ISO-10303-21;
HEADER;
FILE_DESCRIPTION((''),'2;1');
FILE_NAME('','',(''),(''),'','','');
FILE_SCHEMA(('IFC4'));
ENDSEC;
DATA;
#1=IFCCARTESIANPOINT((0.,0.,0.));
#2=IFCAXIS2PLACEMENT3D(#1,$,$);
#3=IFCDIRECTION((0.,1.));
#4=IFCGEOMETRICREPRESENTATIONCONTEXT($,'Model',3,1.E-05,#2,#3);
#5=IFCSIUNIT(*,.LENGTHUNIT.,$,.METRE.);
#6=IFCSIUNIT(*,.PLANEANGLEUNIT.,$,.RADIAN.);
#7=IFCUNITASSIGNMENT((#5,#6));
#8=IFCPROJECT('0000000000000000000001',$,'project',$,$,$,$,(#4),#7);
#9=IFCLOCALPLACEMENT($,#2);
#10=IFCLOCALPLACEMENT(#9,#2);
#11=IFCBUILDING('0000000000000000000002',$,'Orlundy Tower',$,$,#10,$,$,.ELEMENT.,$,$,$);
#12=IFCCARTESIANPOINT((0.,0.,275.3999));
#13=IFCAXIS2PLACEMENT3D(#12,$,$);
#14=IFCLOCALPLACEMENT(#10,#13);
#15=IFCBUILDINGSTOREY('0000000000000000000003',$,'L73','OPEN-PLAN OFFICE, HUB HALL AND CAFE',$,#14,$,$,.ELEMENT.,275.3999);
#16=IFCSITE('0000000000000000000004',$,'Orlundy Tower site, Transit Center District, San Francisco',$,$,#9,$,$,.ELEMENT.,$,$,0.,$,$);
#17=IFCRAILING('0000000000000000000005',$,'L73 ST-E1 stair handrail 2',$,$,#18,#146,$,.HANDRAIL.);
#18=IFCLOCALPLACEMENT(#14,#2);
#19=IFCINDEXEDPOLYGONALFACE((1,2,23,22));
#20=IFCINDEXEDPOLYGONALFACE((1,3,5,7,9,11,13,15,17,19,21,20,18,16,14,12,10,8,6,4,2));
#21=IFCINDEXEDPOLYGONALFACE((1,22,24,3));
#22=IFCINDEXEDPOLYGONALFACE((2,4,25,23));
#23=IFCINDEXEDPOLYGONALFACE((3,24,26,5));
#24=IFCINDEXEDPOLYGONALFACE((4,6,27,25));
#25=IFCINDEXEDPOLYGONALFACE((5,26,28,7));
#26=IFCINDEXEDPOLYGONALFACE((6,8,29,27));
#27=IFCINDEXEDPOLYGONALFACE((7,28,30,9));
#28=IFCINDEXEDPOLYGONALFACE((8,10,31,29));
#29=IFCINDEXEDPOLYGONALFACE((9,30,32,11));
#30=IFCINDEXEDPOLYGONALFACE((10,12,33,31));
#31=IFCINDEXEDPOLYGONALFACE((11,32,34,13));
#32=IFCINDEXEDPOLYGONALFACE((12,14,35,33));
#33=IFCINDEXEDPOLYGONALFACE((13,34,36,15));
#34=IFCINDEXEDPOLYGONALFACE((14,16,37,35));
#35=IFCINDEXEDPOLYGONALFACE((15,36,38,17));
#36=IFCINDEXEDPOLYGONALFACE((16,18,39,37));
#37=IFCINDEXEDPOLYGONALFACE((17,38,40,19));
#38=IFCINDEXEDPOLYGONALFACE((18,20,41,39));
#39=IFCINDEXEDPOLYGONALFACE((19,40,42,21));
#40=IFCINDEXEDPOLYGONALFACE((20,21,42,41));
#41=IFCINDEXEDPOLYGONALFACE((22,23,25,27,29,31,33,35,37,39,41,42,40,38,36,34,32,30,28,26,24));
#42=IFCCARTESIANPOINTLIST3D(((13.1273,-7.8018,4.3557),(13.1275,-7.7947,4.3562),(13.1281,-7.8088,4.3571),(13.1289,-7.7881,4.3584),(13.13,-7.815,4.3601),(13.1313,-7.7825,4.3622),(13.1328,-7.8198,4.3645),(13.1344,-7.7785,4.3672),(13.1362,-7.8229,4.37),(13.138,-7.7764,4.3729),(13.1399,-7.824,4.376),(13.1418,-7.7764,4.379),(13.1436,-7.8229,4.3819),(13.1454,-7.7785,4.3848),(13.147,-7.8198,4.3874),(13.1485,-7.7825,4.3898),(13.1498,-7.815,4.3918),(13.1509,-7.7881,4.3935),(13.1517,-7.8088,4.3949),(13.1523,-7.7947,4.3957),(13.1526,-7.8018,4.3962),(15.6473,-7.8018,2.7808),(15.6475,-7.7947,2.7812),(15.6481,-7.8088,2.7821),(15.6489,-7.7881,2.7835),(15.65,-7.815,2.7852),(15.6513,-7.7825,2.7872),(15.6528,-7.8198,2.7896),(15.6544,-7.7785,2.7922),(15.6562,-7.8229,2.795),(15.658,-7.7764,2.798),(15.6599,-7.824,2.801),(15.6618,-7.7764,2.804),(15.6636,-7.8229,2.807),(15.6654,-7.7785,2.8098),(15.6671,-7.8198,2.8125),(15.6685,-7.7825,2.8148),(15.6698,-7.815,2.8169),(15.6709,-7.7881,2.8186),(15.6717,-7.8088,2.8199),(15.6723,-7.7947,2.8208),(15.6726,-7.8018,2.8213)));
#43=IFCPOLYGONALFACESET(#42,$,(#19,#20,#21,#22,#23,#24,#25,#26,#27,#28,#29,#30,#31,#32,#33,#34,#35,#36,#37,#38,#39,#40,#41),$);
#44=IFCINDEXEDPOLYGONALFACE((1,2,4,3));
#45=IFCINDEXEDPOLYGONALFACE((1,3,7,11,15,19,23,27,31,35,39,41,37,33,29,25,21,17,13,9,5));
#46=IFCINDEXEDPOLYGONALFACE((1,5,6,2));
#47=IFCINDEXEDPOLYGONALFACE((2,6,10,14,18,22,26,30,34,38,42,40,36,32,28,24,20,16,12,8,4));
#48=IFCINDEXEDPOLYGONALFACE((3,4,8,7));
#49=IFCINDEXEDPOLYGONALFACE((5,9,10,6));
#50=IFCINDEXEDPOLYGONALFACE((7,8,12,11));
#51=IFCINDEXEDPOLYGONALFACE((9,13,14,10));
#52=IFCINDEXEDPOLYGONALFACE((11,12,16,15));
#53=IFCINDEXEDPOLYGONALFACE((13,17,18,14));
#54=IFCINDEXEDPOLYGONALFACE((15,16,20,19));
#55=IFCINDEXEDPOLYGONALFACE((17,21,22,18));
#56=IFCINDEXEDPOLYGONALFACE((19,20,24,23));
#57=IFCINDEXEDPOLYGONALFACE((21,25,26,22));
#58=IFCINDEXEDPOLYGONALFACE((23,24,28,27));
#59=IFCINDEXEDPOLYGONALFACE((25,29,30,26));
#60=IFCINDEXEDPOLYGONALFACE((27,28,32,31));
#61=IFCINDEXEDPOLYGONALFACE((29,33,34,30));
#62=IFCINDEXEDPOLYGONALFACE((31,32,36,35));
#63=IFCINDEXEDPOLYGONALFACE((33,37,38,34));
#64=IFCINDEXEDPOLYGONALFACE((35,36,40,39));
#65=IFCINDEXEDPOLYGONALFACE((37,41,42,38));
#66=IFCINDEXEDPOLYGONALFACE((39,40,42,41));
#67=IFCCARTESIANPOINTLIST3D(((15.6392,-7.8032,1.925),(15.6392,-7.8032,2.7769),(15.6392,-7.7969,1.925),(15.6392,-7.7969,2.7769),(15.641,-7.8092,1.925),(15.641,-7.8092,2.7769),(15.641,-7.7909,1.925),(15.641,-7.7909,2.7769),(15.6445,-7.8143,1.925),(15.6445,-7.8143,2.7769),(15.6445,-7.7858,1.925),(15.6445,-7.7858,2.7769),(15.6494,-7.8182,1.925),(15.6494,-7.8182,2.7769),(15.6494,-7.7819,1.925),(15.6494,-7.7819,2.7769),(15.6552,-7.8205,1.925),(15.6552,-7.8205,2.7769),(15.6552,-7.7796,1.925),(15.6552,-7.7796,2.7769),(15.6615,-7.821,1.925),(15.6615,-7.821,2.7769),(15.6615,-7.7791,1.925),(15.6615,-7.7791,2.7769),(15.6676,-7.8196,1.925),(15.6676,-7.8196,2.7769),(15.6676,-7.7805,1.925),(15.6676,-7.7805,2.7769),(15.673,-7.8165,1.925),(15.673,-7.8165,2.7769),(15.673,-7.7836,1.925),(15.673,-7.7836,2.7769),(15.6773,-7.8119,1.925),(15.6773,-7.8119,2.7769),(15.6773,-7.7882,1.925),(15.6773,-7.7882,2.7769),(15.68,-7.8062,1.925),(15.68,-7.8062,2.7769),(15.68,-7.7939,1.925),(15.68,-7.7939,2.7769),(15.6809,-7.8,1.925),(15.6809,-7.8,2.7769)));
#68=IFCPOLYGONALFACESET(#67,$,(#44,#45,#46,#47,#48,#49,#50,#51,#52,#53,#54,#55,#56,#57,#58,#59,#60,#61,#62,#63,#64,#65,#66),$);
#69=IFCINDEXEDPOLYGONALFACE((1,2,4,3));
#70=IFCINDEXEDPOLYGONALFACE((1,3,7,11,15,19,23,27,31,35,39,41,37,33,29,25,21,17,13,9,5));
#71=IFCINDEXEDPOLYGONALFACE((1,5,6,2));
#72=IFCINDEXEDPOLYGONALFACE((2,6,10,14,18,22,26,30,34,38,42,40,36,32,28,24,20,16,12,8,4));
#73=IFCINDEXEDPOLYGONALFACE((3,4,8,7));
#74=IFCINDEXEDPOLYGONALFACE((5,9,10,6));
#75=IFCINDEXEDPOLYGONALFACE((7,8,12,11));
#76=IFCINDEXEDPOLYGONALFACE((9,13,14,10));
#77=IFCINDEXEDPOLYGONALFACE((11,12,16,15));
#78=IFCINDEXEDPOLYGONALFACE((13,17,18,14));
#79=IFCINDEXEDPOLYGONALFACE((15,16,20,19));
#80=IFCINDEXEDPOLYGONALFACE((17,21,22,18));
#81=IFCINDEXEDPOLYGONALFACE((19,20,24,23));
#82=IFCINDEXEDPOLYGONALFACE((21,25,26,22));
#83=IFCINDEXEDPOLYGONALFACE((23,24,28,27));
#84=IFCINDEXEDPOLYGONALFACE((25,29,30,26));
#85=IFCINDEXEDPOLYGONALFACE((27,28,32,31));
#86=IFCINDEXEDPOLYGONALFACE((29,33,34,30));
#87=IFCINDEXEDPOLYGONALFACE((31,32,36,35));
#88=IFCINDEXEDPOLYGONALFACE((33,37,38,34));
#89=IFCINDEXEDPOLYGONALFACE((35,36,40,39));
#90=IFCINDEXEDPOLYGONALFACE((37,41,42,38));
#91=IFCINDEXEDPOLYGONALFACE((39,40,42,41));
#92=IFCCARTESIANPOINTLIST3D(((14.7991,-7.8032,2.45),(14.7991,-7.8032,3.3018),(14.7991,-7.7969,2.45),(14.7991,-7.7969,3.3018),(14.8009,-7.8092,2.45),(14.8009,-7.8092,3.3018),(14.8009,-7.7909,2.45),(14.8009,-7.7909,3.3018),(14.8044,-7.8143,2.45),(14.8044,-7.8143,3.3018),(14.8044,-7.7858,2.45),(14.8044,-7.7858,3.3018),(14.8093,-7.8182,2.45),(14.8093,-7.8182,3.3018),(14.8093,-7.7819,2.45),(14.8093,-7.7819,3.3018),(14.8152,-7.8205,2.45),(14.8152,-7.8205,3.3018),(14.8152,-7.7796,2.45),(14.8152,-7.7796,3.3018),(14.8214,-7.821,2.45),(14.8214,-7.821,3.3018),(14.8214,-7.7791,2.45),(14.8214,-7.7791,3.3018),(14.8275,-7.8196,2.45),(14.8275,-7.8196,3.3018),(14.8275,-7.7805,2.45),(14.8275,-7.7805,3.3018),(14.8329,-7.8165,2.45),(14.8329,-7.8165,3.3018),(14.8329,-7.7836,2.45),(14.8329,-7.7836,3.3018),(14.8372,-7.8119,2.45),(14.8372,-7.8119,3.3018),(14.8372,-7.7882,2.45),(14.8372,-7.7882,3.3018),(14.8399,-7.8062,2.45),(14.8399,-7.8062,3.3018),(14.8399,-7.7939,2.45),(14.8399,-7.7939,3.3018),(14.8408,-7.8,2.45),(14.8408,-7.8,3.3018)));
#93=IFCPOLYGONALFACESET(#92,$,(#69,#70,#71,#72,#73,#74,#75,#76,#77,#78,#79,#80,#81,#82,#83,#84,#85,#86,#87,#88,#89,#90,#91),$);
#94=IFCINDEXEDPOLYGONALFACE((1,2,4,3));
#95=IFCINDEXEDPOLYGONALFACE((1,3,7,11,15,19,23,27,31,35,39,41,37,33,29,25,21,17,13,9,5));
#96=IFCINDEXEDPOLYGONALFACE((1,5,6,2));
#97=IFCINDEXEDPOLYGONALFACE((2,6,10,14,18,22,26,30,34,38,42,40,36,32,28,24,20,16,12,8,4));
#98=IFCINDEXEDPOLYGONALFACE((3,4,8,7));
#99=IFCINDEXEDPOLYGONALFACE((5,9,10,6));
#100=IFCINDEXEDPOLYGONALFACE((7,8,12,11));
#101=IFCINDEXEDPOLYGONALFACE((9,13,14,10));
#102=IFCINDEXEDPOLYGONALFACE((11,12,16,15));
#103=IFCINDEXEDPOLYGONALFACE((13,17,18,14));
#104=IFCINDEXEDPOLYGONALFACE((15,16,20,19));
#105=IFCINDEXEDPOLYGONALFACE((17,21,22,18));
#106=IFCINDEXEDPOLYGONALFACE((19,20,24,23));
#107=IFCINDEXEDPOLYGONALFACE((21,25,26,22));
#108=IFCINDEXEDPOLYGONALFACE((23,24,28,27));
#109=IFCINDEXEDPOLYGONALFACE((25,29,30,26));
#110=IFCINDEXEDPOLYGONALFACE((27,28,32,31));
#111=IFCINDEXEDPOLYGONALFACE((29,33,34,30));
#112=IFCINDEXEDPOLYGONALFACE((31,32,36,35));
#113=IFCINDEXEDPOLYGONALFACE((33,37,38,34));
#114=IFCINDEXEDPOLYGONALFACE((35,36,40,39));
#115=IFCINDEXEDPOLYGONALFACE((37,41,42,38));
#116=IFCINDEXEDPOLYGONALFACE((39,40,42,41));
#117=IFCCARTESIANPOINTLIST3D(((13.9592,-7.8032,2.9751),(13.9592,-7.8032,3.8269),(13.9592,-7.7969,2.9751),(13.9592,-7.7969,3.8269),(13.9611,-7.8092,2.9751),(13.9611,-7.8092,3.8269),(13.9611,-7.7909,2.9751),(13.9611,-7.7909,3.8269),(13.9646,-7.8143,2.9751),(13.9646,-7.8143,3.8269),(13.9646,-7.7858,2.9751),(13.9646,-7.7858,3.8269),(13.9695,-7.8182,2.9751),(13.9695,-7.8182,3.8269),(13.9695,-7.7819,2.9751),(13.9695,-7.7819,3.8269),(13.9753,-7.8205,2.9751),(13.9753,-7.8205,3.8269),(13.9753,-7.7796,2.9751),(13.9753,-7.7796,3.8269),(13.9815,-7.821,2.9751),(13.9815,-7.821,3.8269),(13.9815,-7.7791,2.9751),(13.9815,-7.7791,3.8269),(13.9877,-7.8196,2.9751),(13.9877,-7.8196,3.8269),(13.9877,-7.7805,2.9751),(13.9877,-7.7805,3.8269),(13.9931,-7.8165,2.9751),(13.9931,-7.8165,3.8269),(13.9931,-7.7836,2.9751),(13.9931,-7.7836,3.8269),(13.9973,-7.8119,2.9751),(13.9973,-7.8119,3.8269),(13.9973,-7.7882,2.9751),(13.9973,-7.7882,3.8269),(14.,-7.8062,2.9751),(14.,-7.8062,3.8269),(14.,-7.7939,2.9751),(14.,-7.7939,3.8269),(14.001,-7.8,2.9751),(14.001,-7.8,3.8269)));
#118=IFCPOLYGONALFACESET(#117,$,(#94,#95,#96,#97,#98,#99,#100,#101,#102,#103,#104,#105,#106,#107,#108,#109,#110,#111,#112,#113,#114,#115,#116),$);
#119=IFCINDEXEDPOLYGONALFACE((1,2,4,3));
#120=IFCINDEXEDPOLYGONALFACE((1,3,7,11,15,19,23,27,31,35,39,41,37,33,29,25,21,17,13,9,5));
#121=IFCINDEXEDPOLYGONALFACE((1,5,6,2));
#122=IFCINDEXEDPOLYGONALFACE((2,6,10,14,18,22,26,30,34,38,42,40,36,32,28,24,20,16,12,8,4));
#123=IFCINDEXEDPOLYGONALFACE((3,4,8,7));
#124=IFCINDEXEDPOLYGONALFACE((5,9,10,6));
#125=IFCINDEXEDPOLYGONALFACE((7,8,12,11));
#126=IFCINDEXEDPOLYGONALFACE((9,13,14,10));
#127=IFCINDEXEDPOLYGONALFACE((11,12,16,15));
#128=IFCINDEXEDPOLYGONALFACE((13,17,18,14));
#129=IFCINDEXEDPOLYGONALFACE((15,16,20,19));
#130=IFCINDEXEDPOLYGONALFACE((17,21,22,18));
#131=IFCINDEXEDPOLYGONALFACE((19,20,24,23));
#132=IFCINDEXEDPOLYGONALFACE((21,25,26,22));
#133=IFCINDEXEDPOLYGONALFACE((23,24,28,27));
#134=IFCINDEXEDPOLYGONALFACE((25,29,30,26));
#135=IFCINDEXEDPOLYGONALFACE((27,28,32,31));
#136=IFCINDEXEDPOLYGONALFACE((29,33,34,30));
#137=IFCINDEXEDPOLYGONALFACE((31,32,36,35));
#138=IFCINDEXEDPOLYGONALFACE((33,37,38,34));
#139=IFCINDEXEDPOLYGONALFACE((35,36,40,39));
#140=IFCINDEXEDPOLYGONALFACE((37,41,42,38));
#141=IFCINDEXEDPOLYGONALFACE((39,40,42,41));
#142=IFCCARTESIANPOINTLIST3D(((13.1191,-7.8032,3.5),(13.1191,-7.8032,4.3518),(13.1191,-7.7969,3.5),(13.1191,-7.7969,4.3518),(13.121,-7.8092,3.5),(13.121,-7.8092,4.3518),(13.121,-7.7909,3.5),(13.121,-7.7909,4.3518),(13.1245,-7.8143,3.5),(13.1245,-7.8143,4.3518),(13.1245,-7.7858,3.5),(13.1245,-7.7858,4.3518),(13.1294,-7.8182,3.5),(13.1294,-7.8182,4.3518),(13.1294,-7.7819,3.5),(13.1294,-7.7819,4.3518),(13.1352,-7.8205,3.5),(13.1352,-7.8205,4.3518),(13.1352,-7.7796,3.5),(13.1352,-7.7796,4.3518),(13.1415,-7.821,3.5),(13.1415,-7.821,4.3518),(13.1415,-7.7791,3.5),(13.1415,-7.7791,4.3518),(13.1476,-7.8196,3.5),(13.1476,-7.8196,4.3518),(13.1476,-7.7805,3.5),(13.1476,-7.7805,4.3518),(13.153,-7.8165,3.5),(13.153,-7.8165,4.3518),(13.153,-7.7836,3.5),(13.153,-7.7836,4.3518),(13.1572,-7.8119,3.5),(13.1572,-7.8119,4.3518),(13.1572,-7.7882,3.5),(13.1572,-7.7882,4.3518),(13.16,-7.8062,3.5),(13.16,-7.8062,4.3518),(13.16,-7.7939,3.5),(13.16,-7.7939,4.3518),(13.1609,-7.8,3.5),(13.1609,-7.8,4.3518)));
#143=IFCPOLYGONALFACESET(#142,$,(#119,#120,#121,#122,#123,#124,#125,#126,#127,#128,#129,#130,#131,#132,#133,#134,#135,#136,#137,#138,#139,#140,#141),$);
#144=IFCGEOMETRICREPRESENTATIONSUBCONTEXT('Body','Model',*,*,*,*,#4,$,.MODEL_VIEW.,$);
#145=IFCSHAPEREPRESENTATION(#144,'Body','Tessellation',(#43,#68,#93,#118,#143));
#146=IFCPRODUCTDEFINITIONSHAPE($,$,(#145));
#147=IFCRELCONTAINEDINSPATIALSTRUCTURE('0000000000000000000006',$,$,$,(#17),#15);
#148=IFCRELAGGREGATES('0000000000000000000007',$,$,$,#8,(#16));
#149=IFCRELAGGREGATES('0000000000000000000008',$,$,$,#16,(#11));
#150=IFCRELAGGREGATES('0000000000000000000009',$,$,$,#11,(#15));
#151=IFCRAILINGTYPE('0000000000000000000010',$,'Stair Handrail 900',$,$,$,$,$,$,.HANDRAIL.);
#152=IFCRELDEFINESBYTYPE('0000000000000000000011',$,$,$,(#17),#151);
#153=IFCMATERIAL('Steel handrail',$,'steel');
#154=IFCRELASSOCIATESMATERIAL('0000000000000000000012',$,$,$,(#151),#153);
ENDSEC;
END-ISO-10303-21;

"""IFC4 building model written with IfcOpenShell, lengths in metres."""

from ifc_helpers import new_model, si_unit, direction, frame, origin, origin_2d, place, context, subcontext, project, spatial, circle, extrude, material, type_object, element, save


model = new_model("IFC4")

# Units and contexts
model_context = context("Model", 3, precision=1e-05, world=origin(), true_north=direction((0.0, 1.0)))
body_context = subcontext(model_context, "Body", "Model", "MODEL_VIEW")
ifc_project = project(units=[si_unit("LENGTHUNIT", "METRE"), si_unit("PLANEANGLEUNIT", "RADIAN")], contexts=[model_context])

# Site, building, storey
site_placement = place(None, origin())
site = spatial("IfcSite", under=ifc_project, at=site_placement, Name="Orlundy Tower site, Transit Center District, San Francisco", CompositionType="ELEMENT", RefElevation=0.0)
building_placement = place(site_placement, origin())
building = spatial("IfcBuilding", under=site, at=building_placement, Name="Orlundy Tower", CompositionType="ELEMENT")
storey_placement = place(building_placement, frame((0.0, 0.0, 275.3999)))
storey = spatial("IfcBuildingStorey", under=building, at=storey_placement, Name="L73", Description="OPEN-PLAN OFFICE, HUB HALL AND CAFE", CompositionType="ELEMENT", Elevation=275.3999)

# Railing
ifc_material_1 = material(Name="Steel handrail", Category="steel")
railing_type_1 = type_object("IfcRailingType", Name="Stair Handrail 900", PredefinedType="HANDRAIL", material=ifc_material_1)
railing_1_placement = place(storey_placement, frame((15.6599, -7.8, 1.925)))
element("IfcRailing", 1, at=railing_1_placement, inside=storey, type_object=railing_type_1, Name="L73 ST-E1 stair handrail 2", PredefinedType="HANDRAIL", context=body_context, shape_type="SweptSolid", body=[
    extrude(circle(Radius=0.0239, at=origin_2d()), frame((0.0, 0.0, 0.876), z_axis=(-0.848008, 0.0, 0.529984), x_axis=(0.0, -1.0, 0.0)), (0.0, 0.0, 1.0), 2.9717),
    extrude(circle(Radius=0.021, at=origin_2d()), origin(), (0.0, 0.0, 1.0), 0.8518),
    extrude(circle(Radius=0.021, at=origin_2d()), frame((-0.8401, 0.0, 0.5249)), (0.0, 0.0, 1.0), 0.8518),
    extrude(circle(Radius=0.021, at=origin_2d()), frame((-1.6799, 0.0, 1.05)), (0.0, 0.0, 1.0), 0.8518),
    extrude(circle(Radius=0.021, at=origin_2d()), frame((-2.52, 0.0, 1.575)), (0.0, 0.0, 1.0), 0.8518),
])

save(model, "model.ifc")
